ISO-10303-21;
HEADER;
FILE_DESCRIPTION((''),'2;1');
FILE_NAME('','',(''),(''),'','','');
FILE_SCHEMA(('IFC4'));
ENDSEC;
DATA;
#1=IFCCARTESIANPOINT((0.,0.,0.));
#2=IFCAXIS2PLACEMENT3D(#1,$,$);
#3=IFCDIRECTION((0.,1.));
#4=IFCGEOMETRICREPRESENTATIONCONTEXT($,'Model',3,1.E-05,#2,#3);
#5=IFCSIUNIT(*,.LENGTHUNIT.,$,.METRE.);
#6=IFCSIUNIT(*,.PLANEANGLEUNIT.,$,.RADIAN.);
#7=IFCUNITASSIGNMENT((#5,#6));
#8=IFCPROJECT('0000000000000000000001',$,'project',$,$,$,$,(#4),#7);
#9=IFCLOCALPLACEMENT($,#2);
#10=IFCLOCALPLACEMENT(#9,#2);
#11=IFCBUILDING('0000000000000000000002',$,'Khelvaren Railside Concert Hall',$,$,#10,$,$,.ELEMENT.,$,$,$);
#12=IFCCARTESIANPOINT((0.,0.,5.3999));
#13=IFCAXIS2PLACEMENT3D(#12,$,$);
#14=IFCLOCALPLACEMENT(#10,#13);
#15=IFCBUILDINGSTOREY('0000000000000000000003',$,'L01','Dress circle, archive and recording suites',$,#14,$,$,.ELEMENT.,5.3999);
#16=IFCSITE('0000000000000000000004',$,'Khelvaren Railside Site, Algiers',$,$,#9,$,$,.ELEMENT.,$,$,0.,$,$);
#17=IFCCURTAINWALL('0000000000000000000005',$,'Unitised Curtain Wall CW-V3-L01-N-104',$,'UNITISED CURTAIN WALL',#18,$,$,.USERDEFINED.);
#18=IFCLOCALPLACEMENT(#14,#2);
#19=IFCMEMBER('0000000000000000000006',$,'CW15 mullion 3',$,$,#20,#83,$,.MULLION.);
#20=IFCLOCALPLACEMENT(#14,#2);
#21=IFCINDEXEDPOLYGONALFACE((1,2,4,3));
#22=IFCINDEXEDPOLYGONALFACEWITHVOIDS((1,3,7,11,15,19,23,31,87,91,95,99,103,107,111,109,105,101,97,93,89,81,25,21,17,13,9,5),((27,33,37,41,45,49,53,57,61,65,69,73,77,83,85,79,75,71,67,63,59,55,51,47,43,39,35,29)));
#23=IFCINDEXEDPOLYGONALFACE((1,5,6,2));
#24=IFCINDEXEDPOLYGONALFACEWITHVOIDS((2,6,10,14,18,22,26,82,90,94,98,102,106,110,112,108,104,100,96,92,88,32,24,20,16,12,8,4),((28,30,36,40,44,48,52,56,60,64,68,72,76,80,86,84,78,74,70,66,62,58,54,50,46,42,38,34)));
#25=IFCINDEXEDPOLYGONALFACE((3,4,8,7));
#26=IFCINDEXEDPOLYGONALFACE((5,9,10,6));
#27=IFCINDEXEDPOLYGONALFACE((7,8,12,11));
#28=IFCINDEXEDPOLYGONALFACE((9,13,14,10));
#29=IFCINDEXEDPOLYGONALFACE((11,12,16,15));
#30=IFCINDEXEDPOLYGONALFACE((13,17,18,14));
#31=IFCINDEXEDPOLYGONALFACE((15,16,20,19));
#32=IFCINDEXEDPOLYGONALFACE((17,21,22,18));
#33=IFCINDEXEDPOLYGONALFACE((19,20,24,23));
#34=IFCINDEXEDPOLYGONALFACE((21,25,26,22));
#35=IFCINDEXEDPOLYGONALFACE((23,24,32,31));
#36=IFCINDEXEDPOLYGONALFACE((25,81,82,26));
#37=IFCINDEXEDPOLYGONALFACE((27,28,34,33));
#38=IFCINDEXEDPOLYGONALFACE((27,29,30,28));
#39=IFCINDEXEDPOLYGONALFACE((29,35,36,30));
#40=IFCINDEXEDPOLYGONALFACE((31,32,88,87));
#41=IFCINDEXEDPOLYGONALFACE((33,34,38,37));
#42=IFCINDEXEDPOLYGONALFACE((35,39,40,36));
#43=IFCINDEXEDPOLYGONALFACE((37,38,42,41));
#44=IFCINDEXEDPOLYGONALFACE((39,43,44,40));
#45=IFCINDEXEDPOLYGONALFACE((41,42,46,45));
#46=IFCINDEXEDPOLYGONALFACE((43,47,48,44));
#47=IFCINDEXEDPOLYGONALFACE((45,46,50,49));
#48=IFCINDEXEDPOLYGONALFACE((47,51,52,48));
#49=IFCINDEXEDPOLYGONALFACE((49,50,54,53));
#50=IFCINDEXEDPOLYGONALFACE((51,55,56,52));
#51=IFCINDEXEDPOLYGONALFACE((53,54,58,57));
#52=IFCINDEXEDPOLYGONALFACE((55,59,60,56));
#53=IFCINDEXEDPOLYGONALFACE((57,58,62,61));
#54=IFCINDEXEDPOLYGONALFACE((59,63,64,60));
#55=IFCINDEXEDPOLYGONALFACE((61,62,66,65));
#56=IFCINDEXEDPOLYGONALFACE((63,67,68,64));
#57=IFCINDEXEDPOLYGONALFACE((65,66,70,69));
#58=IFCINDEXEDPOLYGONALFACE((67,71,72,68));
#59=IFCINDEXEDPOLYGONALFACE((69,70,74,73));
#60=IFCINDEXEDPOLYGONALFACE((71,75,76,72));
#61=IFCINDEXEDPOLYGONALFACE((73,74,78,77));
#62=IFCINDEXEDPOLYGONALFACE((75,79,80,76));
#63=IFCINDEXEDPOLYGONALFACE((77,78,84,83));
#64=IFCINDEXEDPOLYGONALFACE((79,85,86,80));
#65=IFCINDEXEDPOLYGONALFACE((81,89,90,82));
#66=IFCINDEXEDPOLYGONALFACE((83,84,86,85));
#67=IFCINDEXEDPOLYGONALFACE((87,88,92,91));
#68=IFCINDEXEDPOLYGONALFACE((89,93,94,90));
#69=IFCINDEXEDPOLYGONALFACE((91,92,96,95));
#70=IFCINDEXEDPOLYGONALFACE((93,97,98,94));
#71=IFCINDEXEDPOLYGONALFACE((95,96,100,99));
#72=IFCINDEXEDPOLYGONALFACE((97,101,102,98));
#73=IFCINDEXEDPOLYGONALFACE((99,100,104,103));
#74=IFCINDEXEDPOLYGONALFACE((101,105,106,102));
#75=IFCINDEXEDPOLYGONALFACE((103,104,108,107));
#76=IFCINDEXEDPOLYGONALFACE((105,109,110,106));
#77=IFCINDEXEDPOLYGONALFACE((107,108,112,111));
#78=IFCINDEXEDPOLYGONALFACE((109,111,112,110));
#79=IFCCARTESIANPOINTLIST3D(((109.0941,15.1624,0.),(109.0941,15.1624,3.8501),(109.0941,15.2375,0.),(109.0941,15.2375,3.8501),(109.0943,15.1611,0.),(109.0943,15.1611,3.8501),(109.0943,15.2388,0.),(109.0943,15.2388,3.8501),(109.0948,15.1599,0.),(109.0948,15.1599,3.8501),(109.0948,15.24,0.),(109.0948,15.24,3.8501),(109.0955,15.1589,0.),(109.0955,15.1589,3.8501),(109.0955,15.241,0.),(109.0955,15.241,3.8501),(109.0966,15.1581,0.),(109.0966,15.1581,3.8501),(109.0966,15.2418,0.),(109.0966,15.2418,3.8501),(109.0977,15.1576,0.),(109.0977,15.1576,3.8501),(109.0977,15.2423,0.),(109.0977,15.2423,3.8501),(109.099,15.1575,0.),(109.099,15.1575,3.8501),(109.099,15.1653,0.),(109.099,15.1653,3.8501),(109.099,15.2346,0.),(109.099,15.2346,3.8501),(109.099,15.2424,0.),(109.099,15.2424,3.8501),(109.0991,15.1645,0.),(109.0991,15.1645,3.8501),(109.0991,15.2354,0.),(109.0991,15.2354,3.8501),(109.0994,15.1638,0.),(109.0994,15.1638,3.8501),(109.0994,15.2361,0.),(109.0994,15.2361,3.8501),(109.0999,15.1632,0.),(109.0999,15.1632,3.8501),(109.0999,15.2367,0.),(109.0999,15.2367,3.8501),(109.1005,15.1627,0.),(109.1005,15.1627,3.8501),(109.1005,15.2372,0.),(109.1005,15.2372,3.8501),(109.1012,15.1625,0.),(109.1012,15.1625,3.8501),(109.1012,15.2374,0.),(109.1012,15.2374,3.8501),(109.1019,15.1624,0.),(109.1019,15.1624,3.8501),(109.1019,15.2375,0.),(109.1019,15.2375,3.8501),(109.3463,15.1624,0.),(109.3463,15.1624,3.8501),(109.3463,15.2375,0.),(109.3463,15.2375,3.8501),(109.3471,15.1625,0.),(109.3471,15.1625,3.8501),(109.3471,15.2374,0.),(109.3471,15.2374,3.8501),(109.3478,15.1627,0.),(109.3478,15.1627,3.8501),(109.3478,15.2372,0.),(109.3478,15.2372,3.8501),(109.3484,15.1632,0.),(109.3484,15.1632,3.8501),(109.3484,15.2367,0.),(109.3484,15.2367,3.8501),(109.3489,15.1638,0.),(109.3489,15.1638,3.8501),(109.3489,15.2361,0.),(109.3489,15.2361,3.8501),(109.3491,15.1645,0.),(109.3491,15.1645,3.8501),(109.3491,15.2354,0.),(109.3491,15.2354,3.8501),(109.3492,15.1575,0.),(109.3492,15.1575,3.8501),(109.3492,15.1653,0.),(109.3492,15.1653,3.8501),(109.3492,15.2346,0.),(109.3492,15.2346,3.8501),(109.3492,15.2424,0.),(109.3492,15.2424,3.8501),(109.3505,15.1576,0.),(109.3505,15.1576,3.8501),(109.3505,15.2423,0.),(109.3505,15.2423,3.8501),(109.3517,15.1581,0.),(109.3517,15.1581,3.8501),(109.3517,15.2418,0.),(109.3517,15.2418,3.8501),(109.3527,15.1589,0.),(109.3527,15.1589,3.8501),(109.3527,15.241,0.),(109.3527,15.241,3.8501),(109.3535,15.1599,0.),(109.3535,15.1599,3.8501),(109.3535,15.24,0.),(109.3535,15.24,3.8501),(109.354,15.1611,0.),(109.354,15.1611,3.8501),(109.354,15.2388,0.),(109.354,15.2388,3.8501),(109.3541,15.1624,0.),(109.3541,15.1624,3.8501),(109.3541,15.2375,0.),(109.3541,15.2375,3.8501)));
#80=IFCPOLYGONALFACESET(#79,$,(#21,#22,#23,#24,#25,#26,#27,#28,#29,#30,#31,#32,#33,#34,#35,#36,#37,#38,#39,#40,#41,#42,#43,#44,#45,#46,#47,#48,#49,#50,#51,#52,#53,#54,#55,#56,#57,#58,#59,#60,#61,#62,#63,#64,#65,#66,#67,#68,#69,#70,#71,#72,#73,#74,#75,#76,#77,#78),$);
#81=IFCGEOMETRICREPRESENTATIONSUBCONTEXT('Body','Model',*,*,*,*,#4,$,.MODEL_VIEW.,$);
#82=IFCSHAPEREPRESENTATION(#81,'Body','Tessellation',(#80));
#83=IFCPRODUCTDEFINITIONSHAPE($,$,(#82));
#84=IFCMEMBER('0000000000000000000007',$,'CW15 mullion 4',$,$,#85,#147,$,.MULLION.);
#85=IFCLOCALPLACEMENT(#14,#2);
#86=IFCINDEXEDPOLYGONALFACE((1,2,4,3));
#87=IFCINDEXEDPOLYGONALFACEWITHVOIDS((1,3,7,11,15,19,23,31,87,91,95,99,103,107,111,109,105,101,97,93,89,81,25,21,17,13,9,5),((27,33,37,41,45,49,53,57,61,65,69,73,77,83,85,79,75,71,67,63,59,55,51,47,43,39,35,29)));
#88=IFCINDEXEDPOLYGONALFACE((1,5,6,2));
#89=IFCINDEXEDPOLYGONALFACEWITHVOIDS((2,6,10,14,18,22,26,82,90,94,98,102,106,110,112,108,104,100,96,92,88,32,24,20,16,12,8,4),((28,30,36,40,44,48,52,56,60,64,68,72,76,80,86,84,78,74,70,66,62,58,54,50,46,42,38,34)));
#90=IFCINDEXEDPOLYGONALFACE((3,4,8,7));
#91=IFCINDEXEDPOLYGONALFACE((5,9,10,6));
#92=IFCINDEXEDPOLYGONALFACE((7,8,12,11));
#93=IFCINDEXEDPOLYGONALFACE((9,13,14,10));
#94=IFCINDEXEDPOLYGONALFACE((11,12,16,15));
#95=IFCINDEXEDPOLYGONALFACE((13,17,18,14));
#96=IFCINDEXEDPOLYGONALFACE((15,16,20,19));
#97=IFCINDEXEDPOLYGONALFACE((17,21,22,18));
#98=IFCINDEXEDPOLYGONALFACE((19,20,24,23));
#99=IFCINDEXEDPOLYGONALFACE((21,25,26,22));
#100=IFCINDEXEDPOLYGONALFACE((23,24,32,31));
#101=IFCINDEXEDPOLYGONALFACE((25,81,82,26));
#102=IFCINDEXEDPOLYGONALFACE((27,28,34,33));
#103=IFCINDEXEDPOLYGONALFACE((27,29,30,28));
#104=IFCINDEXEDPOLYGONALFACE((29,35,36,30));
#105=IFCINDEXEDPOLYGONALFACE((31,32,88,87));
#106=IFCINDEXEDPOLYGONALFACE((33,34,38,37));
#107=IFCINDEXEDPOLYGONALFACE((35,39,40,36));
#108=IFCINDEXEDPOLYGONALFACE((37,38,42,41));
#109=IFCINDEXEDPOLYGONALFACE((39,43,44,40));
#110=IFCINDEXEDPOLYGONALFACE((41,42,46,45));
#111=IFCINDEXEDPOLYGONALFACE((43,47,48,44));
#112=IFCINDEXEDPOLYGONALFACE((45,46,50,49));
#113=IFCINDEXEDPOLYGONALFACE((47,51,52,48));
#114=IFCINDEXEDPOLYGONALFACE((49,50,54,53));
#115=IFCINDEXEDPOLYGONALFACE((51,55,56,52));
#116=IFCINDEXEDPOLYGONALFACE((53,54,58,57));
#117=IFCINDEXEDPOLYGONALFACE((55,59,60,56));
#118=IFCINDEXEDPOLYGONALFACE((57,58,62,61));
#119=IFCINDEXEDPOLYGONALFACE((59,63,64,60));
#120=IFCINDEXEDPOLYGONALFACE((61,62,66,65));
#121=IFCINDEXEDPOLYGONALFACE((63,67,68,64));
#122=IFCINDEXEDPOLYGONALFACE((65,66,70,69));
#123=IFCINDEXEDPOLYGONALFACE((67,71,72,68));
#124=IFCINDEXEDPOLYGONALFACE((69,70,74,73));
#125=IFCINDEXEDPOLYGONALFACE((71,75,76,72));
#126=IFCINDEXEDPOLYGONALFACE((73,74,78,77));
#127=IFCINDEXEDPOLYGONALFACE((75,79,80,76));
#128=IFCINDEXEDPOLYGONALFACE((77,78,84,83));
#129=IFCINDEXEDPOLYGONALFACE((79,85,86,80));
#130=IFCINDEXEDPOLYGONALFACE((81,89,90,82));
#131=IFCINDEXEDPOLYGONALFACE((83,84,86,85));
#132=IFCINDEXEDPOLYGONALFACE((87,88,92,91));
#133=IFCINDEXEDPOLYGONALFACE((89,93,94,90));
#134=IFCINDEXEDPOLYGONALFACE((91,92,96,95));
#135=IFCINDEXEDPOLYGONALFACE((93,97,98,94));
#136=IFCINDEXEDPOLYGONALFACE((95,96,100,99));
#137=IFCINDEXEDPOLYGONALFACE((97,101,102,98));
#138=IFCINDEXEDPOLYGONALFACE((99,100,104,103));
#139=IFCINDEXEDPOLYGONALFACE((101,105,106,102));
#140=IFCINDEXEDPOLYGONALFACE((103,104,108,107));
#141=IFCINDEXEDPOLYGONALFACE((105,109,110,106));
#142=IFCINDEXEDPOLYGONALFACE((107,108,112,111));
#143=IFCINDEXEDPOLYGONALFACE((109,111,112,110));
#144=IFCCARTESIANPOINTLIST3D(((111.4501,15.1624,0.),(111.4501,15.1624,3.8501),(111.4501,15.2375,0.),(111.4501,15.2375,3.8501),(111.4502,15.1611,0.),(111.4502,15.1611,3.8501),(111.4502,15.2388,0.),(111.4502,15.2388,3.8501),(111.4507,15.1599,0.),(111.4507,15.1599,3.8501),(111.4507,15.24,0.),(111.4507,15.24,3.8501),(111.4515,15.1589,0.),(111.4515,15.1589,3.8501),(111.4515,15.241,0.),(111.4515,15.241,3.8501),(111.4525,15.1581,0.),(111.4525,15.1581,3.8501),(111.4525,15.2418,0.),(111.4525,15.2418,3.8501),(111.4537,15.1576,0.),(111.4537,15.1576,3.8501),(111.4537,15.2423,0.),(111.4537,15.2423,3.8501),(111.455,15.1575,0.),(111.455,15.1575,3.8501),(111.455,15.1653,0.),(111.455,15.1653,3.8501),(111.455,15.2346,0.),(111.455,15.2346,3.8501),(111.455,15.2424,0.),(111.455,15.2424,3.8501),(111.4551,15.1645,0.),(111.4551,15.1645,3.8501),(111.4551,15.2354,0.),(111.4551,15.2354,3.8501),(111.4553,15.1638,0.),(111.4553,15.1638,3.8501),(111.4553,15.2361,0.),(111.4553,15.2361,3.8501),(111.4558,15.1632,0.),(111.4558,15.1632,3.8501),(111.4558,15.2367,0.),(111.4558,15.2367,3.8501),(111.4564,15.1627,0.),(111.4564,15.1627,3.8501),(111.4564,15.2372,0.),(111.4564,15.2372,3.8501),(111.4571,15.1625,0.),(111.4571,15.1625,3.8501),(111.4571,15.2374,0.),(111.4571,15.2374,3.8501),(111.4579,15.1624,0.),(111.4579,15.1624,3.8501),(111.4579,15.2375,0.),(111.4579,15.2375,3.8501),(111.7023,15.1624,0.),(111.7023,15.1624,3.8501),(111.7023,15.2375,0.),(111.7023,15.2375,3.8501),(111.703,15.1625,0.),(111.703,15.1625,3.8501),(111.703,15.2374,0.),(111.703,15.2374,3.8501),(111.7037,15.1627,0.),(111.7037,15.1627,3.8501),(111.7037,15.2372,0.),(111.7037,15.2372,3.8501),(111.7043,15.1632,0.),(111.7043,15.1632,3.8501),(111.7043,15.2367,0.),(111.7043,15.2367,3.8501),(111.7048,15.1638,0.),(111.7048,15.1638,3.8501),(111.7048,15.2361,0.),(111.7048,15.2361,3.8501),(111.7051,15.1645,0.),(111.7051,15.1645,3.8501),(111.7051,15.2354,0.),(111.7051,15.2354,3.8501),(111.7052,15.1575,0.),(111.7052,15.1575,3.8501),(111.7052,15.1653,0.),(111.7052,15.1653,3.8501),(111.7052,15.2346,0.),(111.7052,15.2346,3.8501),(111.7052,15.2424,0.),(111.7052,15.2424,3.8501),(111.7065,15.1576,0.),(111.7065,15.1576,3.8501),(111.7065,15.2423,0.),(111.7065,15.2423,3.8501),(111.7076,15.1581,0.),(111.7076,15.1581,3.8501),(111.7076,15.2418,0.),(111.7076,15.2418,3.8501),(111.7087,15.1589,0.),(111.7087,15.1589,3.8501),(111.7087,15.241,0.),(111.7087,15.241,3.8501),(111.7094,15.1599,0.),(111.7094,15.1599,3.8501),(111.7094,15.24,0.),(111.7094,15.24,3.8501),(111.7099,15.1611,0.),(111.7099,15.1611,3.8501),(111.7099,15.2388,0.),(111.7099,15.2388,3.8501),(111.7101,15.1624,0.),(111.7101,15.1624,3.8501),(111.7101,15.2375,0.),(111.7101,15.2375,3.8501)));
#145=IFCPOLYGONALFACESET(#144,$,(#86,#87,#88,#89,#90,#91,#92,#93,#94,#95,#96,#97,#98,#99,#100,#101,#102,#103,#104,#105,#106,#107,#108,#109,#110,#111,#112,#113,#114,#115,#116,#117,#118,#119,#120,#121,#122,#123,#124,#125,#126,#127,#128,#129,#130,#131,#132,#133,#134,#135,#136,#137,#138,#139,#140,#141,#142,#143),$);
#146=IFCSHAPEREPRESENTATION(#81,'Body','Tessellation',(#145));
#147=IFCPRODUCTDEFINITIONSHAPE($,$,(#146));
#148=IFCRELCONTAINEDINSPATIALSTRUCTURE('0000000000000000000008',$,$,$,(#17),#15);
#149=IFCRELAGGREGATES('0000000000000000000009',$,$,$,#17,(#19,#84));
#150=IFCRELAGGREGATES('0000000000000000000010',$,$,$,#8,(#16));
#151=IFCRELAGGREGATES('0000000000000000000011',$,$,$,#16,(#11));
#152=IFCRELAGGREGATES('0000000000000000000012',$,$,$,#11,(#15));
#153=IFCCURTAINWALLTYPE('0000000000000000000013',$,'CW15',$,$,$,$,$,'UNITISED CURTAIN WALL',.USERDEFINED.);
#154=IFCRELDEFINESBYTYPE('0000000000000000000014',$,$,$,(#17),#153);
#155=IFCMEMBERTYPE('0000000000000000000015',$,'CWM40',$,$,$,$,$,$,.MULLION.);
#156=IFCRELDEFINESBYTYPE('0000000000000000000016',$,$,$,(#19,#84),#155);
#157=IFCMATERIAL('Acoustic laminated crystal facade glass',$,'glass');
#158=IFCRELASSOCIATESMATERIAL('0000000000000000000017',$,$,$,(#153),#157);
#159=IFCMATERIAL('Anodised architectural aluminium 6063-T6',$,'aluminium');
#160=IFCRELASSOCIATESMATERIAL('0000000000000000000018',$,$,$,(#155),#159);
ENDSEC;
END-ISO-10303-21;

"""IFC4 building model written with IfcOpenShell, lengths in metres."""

from ifc_helpers import new_model, si_unit, direction, frame, origin, origin_2d, place, context, subcontext, project, spatial, hollow_rectangle, extrude, material, material_profile, profile_set, type_object, element, aggregate, save


model = new_model("IFC4")

# Units and contexts
model_context = context("Model", 3, precision=1e-05, world=origin(), true_north=direction((0.0, 1.0)))
body_context = subcontext(model_context, "Body", "Model", "MODEL_VIEW")
ifc_project = project(units=[si_unit("LENGTHUNIT", "METRE"), si_unit("PLANEANGLEUNIT", "RADIAN")], contexts=[model_context])

# Site, building, storey
site_placement = place(None, origin())
site = spatial("IfcSite", under=ifc_project, at=site_placement, Name="Khelvaren Railside Site, Algiers", CompositionType="ELEMENT", RefElevation=0.0)
building_placement = place(site_placement, origin())
building = spatial("IfcBuilding", under=site, at=building_placement, Name="Khelvaren Railside Concert Hall", CompositionType="ELEMENT")
storey_placement = place(building_placement, frame((0.0, 0.0, 5.3999)))
storey = spatial("IfcBuildingStorey", under=building, at=storey_placement, Name="L01", Description="Dress circle, archive and recording suites", CompositionType="ELEMENT", Elevation=5.3999)

# Curtain wall, members
ifc_material_1 = material(Name="Acoustic laminated crystal facade glass", Category="glass")
curtain_wall_type = type_object("IfcCurtainWallType", Name="CW15", ElementType="UNITISED CURTAIN WALL", PredefinedType="USERDEFINED", material=ifc_material_1)
curtain_wall_placement = place(storey_placement, origin())
curtain_wall = element("IfcCurtainWall", 1, at=curtain_wall_placement, inside=storey, type_object=curtain_wall_type, Name="Unitised Curtain Wall CW-V3-L01-N-104", ObjectType="UNITISED CURTAIN WALL", PredefinedType="USERDEFINED")
ifc_material_2 = material(Name="Anodised architectural aluminium 6063-T6", Category="aluminium")
ifc_material_profile_1 = material_profile(ifc_material_2, hollow_rectangle(XDim=0.085, YDim=0.26, WallThickness=0.0049, InnerFilletRadius=0.0029, OuterFilletRadius=0.0049, at=origin_2d()), Name="CWM 85x260x5")
ifc_profile_set_1 = profile_set([ifc_material_profile_1], Name="Anodised architectural aluminium 6063-T6")
member_type_1 = type_object("IfcMemberType", Name="CWM40", PredefinedType="MULLION", material=ifc_profile_set_1)
member_1_placement = place(storey_placement, frame((109.2241, 15.2, 0.0), z_axis=(0.0, 0.0, 1.0), x_axis=(0.0, 1.0, 0.0)))
member_1 = element("IfcMember", 2, at=member_1_placement, type_object=member_type_1, Name="CW15 mullion 3", PredefinedType="MULLION", context=body_context, shape_type="SweptSolid", body=[
    extrude(hollow_rectangle(XDim=0.085, YDim=0.26, WallThickness=0.0049, InnerFilletRadius=0.0029, OuterFilletRadius=0.0049, at=origin_2d()), origin(), (0.0, 0.0, 1.0), 3.8501),
])
member_2_placement = place(storey_placement, frame((111.5801, 15.2, 0.0), z_axis=(0.0, 0.0, 1.0), x_axis=(0.0, 1.0, 0.0)))
member_2 = element("IfcMember", 3, at=member_2_placement, type_object=member_type_1, Name="CW15 mullion 4", PredefinedType="MULLION", context=body_context, shape_type="SweptSolid", body=[
    extrude(hollow_rectangle(XDim=0.085, YDim=0.26, WallThickness=0.0049, InnerFilletRadius=0.0029, OuterFilletRadius=0.0049, at=origin_2d()), origin(), (0.0, 0.0, 1.0), 3.8501),
])

aggregate(curtain_wall, [member_1, member_2])

save(model, "model.ifc")
